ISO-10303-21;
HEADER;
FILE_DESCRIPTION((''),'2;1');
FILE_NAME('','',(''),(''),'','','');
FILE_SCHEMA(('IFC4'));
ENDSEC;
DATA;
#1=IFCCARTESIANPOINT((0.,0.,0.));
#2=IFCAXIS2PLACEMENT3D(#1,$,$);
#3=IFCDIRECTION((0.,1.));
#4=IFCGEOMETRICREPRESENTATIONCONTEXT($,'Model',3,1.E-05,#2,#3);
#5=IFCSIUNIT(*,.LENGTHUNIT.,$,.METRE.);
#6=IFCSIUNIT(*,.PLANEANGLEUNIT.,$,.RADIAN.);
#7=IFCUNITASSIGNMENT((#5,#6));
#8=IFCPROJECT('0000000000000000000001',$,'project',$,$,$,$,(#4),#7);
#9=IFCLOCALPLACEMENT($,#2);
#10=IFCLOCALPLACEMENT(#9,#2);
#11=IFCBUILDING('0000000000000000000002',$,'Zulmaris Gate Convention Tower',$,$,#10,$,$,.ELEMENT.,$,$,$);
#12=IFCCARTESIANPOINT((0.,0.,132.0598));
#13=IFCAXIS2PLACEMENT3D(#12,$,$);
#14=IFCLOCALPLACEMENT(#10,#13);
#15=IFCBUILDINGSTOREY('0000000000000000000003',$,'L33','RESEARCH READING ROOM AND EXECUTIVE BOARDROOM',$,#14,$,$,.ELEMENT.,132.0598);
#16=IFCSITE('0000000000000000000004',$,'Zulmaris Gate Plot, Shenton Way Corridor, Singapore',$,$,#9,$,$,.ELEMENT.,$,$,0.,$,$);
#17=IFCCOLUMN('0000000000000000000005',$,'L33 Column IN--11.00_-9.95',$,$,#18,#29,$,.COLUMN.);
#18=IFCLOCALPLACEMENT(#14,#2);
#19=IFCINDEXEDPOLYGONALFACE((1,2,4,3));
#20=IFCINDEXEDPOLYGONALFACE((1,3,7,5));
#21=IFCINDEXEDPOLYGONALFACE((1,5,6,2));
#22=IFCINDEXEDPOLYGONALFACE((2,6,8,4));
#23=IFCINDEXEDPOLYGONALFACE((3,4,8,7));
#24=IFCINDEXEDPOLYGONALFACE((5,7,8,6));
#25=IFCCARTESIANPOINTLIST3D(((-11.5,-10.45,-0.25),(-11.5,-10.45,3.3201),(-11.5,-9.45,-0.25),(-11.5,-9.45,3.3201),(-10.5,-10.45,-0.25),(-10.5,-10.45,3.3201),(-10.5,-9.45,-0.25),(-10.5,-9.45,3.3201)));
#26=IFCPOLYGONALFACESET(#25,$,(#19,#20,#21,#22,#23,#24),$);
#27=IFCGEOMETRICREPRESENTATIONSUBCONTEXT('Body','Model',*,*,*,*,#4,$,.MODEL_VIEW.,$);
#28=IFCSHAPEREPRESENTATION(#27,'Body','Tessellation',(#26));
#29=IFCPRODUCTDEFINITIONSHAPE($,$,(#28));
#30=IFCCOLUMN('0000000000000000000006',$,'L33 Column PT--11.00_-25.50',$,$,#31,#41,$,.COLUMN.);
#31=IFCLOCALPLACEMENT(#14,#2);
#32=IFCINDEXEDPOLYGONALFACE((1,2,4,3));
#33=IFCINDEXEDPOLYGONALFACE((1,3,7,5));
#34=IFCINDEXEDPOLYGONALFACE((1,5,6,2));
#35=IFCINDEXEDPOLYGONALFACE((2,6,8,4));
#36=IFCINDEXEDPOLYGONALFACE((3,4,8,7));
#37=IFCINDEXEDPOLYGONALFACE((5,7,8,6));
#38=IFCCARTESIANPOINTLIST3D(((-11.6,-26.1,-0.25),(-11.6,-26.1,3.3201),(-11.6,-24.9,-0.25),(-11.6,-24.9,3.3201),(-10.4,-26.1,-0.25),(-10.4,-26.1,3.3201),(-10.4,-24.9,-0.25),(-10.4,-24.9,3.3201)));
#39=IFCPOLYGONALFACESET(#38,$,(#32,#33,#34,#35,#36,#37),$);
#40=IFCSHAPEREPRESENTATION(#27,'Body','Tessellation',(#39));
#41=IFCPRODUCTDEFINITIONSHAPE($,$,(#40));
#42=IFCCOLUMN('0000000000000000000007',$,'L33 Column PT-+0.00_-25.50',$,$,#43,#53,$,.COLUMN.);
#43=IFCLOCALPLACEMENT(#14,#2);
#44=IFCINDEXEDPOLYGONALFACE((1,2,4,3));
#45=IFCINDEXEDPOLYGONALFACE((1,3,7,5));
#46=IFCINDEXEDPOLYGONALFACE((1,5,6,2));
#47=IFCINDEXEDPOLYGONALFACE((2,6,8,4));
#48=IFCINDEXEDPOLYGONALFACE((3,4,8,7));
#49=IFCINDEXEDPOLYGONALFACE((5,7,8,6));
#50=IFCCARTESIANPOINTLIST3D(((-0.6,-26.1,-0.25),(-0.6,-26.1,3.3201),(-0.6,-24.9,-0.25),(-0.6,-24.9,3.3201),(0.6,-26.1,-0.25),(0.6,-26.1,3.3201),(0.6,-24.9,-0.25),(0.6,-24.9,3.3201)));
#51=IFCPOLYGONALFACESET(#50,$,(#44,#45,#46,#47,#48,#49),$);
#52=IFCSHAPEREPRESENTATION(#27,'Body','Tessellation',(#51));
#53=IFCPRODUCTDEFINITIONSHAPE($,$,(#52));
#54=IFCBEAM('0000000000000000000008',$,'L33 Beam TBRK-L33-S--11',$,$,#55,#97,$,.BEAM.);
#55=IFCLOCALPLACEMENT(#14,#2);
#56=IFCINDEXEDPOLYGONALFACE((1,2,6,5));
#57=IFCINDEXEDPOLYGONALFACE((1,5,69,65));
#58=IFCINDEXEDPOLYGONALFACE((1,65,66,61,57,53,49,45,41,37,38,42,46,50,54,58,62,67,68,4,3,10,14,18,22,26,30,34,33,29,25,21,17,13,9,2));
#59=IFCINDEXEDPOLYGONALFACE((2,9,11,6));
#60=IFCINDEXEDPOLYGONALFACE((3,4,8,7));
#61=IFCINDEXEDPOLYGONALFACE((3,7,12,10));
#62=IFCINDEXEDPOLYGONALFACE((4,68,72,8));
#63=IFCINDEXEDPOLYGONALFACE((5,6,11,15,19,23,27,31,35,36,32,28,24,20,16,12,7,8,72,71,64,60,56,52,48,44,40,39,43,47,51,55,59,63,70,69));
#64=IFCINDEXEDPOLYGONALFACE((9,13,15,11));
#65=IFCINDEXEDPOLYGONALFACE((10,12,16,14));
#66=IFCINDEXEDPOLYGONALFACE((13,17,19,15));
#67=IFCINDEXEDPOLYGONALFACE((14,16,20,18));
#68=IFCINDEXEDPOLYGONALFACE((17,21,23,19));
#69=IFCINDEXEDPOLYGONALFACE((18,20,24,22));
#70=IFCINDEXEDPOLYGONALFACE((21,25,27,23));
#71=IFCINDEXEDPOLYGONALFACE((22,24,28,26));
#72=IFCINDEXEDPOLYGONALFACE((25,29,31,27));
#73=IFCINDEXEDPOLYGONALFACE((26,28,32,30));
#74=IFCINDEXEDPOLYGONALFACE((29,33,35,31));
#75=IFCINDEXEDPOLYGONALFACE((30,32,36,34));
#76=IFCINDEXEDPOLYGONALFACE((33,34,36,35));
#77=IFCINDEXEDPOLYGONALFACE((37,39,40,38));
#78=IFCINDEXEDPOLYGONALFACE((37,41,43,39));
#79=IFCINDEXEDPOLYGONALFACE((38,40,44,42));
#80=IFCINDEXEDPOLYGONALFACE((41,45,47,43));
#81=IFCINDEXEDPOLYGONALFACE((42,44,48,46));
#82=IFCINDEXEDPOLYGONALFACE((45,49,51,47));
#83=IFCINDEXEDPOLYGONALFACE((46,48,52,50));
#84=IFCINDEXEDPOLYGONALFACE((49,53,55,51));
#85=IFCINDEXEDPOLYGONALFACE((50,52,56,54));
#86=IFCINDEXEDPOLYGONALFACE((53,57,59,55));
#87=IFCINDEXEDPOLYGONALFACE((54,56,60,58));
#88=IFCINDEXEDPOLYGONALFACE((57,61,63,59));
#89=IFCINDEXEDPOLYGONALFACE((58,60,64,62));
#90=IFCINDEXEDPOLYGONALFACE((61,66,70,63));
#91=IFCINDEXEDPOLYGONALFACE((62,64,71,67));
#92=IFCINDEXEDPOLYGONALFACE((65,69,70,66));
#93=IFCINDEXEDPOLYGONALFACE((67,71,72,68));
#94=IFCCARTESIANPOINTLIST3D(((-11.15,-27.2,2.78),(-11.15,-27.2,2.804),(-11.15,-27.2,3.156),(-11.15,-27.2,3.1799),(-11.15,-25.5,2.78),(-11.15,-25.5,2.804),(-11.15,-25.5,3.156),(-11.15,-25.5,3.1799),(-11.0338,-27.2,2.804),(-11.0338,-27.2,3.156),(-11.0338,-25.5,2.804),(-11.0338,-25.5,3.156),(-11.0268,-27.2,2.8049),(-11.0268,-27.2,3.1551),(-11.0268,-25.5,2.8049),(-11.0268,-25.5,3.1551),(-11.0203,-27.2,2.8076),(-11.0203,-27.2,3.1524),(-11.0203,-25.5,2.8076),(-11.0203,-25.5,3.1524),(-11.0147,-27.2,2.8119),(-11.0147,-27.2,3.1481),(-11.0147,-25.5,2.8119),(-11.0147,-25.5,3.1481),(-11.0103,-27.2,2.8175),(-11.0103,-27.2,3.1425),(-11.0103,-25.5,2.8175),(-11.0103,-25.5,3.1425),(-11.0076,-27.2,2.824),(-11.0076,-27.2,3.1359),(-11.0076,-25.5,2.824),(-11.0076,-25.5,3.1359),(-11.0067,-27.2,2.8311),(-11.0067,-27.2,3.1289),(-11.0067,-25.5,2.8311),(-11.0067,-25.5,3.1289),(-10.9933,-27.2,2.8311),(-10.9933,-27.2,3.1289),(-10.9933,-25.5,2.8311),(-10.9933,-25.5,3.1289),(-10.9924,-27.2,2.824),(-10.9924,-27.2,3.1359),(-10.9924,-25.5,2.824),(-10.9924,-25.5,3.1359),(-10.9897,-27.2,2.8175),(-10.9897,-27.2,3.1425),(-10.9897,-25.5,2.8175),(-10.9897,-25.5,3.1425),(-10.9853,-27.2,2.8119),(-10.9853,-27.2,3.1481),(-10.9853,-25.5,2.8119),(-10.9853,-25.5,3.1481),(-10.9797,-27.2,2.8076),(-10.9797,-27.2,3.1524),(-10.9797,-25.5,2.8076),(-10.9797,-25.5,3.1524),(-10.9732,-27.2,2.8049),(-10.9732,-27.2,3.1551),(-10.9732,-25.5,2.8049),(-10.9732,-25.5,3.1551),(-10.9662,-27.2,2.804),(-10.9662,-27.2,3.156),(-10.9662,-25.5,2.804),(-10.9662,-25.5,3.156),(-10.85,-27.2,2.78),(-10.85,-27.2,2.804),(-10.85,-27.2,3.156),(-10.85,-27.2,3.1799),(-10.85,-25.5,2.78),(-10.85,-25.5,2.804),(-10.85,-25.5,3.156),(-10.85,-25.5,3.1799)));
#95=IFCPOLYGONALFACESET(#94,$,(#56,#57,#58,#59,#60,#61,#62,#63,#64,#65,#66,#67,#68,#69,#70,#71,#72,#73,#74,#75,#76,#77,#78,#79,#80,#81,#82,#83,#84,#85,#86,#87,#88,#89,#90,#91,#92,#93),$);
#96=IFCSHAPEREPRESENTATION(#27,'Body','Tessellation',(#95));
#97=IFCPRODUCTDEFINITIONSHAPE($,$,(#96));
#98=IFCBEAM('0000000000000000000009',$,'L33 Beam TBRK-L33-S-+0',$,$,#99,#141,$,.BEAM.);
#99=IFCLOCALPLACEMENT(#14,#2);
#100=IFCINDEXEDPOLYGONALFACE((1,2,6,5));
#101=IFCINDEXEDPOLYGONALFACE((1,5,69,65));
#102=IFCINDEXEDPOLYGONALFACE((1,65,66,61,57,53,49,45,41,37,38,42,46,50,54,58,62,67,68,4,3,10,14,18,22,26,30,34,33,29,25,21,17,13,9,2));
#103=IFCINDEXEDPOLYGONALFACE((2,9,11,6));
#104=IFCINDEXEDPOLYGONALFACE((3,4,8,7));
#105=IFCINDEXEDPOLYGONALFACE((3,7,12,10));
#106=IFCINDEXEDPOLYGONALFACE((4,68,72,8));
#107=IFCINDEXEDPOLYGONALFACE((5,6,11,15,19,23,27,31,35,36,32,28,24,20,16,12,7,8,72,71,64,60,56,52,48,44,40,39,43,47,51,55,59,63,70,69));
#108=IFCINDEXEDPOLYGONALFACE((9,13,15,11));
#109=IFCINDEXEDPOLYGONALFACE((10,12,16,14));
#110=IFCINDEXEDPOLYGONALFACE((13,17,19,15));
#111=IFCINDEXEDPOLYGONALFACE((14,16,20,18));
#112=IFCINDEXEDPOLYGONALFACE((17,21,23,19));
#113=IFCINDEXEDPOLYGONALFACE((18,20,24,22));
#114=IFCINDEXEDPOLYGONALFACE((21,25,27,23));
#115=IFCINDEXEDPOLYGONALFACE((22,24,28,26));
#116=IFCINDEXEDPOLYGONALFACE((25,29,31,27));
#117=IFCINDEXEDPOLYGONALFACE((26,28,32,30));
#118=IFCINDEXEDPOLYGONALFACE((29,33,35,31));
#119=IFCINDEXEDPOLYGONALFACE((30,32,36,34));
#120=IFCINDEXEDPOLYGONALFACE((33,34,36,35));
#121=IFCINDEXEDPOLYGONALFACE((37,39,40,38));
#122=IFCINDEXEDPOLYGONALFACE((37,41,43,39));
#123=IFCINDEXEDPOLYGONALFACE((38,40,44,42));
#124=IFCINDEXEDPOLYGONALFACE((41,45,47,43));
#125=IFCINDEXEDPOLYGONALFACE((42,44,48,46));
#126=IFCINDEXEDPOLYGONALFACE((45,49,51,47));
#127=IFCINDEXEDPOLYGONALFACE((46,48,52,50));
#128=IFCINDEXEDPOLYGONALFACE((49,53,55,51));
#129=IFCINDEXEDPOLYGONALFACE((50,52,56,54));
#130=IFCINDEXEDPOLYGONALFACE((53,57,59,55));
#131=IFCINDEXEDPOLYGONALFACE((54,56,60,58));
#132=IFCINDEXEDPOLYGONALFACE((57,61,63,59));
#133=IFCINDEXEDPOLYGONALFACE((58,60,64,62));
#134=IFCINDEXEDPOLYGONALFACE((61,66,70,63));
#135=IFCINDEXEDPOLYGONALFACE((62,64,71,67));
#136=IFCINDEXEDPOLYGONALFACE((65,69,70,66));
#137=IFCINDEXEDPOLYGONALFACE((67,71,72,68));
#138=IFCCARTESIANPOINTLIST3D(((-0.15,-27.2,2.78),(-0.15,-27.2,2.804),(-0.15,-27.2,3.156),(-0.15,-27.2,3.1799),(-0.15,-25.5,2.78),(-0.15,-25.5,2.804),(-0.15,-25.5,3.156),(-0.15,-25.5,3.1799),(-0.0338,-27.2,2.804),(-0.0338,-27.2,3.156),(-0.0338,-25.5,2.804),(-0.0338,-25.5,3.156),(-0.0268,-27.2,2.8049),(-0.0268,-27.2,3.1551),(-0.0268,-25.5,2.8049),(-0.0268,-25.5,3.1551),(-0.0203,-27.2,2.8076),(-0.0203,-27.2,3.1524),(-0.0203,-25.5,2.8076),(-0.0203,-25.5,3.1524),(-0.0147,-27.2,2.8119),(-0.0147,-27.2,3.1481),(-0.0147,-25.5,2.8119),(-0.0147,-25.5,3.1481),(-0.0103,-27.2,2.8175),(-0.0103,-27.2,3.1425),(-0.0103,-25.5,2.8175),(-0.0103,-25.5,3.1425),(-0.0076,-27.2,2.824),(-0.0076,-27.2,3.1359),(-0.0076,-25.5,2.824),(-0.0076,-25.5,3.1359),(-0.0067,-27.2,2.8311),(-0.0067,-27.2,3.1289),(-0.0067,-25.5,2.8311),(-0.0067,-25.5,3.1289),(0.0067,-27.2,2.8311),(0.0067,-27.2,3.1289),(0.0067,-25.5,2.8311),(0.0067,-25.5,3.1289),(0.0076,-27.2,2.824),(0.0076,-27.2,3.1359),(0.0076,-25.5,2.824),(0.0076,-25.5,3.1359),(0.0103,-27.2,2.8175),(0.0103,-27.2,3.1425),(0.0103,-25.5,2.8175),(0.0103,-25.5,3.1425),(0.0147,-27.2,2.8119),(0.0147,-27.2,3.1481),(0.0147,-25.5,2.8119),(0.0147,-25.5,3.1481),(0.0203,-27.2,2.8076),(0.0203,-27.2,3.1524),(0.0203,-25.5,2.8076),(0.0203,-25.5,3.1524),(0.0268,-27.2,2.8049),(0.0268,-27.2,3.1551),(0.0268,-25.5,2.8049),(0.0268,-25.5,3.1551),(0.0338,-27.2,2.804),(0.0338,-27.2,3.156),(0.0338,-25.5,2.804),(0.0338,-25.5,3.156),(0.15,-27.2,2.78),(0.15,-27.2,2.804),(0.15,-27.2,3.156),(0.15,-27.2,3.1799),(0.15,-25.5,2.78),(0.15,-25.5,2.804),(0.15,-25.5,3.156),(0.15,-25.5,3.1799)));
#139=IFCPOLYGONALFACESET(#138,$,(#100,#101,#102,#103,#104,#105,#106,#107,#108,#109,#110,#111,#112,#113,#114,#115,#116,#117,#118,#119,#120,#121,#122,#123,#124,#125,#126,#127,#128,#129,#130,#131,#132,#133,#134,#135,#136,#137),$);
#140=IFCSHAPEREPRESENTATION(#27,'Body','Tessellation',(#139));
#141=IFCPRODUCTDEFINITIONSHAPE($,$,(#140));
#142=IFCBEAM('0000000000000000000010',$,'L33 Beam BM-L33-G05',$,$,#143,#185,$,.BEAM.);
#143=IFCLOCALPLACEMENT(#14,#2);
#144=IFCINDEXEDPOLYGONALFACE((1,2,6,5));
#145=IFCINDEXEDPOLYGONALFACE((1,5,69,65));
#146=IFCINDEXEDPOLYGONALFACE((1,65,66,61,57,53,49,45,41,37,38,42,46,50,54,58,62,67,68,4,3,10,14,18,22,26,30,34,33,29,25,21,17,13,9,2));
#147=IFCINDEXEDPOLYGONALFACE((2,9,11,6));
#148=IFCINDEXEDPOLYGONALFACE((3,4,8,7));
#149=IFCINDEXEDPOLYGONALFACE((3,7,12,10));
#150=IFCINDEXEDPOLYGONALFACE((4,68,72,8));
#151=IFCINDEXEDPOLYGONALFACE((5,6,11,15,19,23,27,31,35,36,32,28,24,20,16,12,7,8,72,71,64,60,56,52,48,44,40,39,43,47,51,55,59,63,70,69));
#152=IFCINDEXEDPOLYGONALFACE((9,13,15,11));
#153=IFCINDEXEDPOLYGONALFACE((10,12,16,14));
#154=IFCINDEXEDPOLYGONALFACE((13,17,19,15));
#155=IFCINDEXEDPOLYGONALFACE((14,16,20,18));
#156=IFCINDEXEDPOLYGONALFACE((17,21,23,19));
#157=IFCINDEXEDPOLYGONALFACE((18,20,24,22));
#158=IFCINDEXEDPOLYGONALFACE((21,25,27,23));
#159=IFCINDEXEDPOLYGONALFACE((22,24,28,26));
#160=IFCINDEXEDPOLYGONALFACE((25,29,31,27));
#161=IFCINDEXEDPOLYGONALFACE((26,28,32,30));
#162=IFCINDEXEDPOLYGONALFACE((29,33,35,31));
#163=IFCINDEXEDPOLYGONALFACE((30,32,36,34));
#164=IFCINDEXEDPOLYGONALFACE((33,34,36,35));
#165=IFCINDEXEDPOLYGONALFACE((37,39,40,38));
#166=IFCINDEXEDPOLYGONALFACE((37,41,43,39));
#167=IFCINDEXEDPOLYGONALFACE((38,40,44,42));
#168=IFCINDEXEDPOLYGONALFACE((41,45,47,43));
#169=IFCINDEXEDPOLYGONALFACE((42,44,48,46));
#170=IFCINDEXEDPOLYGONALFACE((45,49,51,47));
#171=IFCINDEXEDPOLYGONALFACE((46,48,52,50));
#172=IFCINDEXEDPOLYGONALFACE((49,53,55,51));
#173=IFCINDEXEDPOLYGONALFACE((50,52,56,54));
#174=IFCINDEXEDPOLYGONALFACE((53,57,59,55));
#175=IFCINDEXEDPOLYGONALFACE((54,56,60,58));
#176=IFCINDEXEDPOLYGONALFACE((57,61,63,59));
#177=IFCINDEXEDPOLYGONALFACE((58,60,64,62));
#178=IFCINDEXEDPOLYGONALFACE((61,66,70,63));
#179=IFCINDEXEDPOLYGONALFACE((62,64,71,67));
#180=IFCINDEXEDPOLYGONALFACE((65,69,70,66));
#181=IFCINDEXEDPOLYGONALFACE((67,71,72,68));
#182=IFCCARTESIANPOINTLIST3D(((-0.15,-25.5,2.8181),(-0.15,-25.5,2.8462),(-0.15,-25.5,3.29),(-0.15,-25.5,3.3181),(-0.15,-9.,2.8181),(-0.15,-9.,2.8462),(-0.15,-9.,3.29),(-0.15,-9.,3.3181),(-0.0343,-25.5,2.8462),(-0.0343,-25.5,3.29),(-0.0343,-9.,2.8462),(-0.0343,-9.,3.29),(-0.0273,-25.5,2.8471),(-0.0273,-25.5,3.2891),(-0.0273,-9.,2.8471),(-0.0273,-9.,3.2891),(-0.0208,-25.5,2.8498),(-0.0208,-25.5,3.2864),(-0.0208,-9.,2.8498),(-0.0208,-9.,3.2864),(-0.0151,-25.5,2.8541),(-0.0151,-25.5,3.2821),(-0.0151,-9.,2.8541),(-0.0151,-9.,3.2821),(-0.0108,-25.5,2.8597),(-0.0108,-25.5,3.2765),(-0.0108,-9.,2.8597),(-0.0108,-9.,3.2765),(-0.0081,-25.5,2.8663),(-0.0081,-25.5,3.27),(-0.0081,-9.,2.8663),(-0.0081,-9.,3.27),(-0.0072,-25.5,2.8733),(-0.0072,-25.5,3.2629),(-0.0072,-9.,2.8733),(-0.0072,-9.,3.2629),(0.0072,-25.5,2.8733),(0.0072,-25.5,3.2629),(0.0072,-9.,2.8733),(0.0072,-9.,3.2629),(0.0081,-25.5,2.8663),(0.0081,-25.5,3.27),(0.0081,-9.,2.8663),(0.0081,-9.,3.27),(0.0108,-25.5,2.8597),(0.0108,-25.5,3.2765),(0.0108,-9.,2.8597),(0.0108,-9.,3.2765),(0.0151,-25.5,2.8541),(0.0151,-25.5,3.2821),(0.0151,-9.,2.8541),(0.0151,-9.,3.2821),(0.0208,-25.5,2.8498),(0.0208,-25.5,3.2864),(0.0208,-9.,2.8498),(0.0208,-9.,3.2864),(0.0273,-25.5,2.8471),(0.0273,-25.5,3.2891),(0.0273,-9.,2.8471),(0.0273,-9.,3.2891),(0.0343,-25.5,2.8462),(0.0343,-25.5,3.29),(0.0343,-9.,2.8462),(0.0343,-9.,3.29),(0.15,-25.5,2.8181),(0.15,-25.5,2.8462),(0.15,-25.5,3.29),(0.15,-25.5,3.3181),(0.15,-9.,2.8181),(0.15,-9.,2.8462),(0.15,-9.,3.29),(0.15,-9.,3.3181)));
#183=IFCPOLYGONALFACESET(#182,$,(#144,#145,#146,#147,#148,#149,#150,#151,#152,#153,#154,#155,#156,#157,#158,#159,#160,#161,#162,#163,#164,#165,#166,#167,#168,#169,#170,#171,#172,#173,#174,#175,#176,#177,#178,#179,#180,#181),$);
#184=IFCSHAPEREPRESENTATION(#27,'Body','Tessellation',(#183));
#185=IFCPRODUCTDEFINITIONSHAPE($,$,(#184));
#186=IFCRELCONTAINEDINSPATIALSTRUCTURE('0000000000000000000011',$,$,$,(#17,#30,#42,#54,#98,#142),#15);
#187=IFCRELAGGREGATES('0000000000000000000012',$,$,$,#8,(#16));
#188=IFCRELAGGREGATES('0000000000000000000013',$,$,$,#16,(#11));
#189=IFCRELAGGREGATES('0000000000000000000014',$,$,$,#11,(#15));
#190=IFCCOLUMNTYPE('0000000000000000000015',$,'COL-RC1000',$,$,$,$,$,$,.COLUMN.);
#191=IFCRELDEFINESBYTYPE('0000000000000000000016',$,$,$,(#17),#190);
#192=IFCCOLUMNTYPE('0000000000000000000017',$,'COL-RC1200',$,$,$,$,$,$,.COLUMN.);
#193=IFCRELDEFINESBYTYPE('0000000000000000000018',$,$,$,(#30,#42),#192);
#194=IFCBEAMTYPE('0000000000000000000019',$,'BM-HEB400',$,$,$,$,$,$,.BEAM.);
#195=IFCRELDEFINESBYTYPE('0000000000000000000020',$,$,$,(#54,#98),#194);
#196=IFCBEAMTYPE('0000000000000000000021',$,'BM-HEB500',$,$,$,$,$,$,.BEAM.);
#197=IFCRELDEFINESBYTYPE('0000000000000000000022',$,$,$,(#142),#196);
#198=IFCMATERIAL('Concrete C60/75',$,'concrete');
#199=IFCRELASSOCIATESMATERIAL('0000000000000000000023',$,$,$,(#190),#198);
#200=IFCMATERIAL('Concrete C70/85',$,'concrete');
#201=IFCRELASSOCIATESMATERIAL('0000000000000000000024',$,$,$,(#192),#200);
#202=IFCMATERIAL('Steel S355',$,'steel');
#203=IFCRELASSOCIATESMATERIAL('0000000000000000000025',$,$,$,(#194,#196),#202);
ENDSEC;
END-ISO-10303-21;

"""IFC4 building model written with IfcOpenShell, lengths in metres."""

from ifc_helpers import new_model, si_unit, direction, frame, origin, origin_2d, place, context, subcontext, project, spatial, rectangle, i_section, extrude, material, material_profile, profile_set, type_object, element, save


model = new_model("IFC4")

# Units and contexts
model_context = context("Model", 3, precision=1e-05, world=origin(), true_north=direction((0.0, 1.0)))
body_context = subcontext(model_context, "Body", "Model", "MODEL_VIEW")
ifc_project = project(units=[si_unit("LENGTHUNIT", "METRE"), si_unit("PLANEANGLEUNIT", "RADIAN")], contexts=[model_context])

# Site, building, storey
site_placement = place(None, origin())
site = spatial("IfcSite", under=ifc_project, at=site_placement, Name="Zulmaris Gate Plot, Shenton Way Corridor, Singapore", CompositionType="ELEMENT", RefElevation=0.0)
building_placement = place(site_placement, origin())
building = spatial("IfcBuilding", under=site, at=building_placement, Name="Zulmaris Gate Convention Tower", CompositionType="ELEMENT")
storey_placement = place(building_placement, frame((0.0, 0.0, 132.0598)))
storey = spatial("IfcBuildingStorey", under=building, at=storey_placement, Name="L33", Description="RESEARCH READING ROOM AND EXECUTIVE BOARDROOM", CompositionType="ELEMENT", Elevation=132.0598)

# Columns
ifc_material_1 = material(Name="Concrete C60/75", Category="concrete")
ifc_material_profile_1 = material_profile(ifc_material_1, rectangle(XDim=1.0, YDim=1.0, at=origin_2d()), Name="RC COL 1000x1000")
ifc_profile_set_1 = profile_set([ifc_material_profile_1], Name="Concrete C60/75")
column_type_1 = type_object("IfcColumnType", Name="COL-RC1000", PredefinedType="COLUMN", material=ifc_profile_set_1)
column_placement = place(storey_placement, frame((-11.0, -9.95, -0.25), z_axis=(0.0, 0.0, 1.0), x_axis=(1.0, 0.0, 0.0)))
element("IfcColumn", 1, at=column_placement, inside=storey, type_object=column_type_1, Name="L33 Column IN--11.00_-9.95", PredefinedType="COLUMN", context=body_context, shape_type="SweptSolid", body=[
    extrude(rectangle(XDim=1.0, YDim=1.0, at=origin_2d()), origin(), (0.0, 0.0, 1.0), 3.5701),
])
ifc_material_2 = material(Name="Concrete C70/85", Category="concrete")
ifc_material_profile_2 = material_profile(ifc_material_2, rectangle(XDim=1.2, YDim=1.2, at=origin_2d()), Name="RC COL 1200x1200")
ifc_profile_set_2 = profile_set([ifc_material_profile_2], Name="Concrete C70/85")
column_type_2 = type_object("IfcColumnType", Name="COL-RC1200", PredefinedType="COLUMN", material=ifc_profile_set_2)
for number, where, z_axis, x_axis, name in (
    (2, (-11.0, -25.5, -0.25), (0.0, 0.0, 1.0), (1.0, 0.0, 0.0), "L33 Column PT--11.00_-25.50"),
    (3, (0.0, -25.5, -0.25), (0.0, 0.0, 1.0), (1.0, 0.0, 0.0), "L33 Column PT-+0.00_-25.50"),
):
    element("IfcColumn", number, at=place(storey_placement, frame(where, z_axis=z_axis, x_axis=x_axis)), inside=storey, type_object=column_type_2, Name=name, PredefinedType="COLUMN", context=body_context, shape_type="SweptSolid", body=[
        extrude(rectangle(XDim=1.2, YDim=1.2, at=origin_2d()), origin(), (0.0, 0.0, 1.0), 3.5701),
    ])

# Beams
ifc_material_3 = material(Name="Steel S355", Category="steel")
ifc_material_profile_3 = material_profile(ifc_material_3, i_section(OverallWidth=0.3, OverallDepth=0.3999, WebThickness=0.0134, FlangeThickness=0.0239, FilletRadius=0.0271, at=origin_2d()), Name="HEB 400")
ifc_profile_set_3 = profile_set([ifc_material_profile_3], Name="Steel S355")
beam_type_1 = type_object("IfcBeamType", Name="BM-HEB400", PredefinedType="BEAM", material=ifc_profile_set_3)
for number, where, z_axis, x_axis, name in (
    (4, (-11.0, -27.2, 2.98), (0.0, 1.0, 0.0), (-1.0, 0.0, 0.0), "L33 Beam TBRK-L33-S--11"),
    (5, (0.0, -27.2, 2.98), (0.0, 1.0, 0.0), (-1.0, 0.0, 0.0), "L33 Beam TBRK-L33-S-+0"),
):
    element("IfcBeam", number, at=place(storey_placement, frame(where, z_axis=z_axis, x_axis=x_axis)), inside=storey, type_object=beam_type_1, Name=name, PredefinedType="BEAM", context=body_context, shape_type="SweptSolid", body=[
        extrude(i_section(OverallWidth=0.3, OverallDepth=0.3999, WebThickness=0.0134, FlangeThickness=0.0239, FilletRadius=0.0271, at=origin_2d()), origin(), (0.0, 0.0, 1.0), 1.7),
    ])
ifc_material_profile_4 = material_profile(ifc_material_3, i_section(OverallWidth=0.3, OverallDepth=0.5, WebThickness=0.0144, FlangeThickness=0.0281, FilletRadius=0.0271, at=origin_2d()), Name="HEB 500")
ifc_profile_set_4 = profile_set([ifc_material_profile_4], Name="Steel S355")
beam_type_2 = type_object("IfcBeamType", Name="BM-HEB500", PredefinedType="BEAM", material=ifc_profile_set_4)
beam_1_placement = place(storey_placement, frame((0.0, -25.5, 3.0681), z_axis=(0.0, 1.0, 0.0), x_axis=(-1.0, 0.0, 0.0)))
element("IfcBeam", 6, at=beam_1_placement, inside=storey, type_object=beam_type_2, Name="L33 Beam BM-L33-G05", PredefinedType="BEAM", context=body_context, shape_type="SweptSolid", body=[
    extrude(i_section(OverallWidth=0.3, OverallDepth=0.5, WebThickness=0.0144, FlangeThickness=0.0281, FilletRadius=0.0271, at=origin_2d()), origin(), (0.0, 0.0, 1.0), 16.5),
])

save(model, "model.ifc")
